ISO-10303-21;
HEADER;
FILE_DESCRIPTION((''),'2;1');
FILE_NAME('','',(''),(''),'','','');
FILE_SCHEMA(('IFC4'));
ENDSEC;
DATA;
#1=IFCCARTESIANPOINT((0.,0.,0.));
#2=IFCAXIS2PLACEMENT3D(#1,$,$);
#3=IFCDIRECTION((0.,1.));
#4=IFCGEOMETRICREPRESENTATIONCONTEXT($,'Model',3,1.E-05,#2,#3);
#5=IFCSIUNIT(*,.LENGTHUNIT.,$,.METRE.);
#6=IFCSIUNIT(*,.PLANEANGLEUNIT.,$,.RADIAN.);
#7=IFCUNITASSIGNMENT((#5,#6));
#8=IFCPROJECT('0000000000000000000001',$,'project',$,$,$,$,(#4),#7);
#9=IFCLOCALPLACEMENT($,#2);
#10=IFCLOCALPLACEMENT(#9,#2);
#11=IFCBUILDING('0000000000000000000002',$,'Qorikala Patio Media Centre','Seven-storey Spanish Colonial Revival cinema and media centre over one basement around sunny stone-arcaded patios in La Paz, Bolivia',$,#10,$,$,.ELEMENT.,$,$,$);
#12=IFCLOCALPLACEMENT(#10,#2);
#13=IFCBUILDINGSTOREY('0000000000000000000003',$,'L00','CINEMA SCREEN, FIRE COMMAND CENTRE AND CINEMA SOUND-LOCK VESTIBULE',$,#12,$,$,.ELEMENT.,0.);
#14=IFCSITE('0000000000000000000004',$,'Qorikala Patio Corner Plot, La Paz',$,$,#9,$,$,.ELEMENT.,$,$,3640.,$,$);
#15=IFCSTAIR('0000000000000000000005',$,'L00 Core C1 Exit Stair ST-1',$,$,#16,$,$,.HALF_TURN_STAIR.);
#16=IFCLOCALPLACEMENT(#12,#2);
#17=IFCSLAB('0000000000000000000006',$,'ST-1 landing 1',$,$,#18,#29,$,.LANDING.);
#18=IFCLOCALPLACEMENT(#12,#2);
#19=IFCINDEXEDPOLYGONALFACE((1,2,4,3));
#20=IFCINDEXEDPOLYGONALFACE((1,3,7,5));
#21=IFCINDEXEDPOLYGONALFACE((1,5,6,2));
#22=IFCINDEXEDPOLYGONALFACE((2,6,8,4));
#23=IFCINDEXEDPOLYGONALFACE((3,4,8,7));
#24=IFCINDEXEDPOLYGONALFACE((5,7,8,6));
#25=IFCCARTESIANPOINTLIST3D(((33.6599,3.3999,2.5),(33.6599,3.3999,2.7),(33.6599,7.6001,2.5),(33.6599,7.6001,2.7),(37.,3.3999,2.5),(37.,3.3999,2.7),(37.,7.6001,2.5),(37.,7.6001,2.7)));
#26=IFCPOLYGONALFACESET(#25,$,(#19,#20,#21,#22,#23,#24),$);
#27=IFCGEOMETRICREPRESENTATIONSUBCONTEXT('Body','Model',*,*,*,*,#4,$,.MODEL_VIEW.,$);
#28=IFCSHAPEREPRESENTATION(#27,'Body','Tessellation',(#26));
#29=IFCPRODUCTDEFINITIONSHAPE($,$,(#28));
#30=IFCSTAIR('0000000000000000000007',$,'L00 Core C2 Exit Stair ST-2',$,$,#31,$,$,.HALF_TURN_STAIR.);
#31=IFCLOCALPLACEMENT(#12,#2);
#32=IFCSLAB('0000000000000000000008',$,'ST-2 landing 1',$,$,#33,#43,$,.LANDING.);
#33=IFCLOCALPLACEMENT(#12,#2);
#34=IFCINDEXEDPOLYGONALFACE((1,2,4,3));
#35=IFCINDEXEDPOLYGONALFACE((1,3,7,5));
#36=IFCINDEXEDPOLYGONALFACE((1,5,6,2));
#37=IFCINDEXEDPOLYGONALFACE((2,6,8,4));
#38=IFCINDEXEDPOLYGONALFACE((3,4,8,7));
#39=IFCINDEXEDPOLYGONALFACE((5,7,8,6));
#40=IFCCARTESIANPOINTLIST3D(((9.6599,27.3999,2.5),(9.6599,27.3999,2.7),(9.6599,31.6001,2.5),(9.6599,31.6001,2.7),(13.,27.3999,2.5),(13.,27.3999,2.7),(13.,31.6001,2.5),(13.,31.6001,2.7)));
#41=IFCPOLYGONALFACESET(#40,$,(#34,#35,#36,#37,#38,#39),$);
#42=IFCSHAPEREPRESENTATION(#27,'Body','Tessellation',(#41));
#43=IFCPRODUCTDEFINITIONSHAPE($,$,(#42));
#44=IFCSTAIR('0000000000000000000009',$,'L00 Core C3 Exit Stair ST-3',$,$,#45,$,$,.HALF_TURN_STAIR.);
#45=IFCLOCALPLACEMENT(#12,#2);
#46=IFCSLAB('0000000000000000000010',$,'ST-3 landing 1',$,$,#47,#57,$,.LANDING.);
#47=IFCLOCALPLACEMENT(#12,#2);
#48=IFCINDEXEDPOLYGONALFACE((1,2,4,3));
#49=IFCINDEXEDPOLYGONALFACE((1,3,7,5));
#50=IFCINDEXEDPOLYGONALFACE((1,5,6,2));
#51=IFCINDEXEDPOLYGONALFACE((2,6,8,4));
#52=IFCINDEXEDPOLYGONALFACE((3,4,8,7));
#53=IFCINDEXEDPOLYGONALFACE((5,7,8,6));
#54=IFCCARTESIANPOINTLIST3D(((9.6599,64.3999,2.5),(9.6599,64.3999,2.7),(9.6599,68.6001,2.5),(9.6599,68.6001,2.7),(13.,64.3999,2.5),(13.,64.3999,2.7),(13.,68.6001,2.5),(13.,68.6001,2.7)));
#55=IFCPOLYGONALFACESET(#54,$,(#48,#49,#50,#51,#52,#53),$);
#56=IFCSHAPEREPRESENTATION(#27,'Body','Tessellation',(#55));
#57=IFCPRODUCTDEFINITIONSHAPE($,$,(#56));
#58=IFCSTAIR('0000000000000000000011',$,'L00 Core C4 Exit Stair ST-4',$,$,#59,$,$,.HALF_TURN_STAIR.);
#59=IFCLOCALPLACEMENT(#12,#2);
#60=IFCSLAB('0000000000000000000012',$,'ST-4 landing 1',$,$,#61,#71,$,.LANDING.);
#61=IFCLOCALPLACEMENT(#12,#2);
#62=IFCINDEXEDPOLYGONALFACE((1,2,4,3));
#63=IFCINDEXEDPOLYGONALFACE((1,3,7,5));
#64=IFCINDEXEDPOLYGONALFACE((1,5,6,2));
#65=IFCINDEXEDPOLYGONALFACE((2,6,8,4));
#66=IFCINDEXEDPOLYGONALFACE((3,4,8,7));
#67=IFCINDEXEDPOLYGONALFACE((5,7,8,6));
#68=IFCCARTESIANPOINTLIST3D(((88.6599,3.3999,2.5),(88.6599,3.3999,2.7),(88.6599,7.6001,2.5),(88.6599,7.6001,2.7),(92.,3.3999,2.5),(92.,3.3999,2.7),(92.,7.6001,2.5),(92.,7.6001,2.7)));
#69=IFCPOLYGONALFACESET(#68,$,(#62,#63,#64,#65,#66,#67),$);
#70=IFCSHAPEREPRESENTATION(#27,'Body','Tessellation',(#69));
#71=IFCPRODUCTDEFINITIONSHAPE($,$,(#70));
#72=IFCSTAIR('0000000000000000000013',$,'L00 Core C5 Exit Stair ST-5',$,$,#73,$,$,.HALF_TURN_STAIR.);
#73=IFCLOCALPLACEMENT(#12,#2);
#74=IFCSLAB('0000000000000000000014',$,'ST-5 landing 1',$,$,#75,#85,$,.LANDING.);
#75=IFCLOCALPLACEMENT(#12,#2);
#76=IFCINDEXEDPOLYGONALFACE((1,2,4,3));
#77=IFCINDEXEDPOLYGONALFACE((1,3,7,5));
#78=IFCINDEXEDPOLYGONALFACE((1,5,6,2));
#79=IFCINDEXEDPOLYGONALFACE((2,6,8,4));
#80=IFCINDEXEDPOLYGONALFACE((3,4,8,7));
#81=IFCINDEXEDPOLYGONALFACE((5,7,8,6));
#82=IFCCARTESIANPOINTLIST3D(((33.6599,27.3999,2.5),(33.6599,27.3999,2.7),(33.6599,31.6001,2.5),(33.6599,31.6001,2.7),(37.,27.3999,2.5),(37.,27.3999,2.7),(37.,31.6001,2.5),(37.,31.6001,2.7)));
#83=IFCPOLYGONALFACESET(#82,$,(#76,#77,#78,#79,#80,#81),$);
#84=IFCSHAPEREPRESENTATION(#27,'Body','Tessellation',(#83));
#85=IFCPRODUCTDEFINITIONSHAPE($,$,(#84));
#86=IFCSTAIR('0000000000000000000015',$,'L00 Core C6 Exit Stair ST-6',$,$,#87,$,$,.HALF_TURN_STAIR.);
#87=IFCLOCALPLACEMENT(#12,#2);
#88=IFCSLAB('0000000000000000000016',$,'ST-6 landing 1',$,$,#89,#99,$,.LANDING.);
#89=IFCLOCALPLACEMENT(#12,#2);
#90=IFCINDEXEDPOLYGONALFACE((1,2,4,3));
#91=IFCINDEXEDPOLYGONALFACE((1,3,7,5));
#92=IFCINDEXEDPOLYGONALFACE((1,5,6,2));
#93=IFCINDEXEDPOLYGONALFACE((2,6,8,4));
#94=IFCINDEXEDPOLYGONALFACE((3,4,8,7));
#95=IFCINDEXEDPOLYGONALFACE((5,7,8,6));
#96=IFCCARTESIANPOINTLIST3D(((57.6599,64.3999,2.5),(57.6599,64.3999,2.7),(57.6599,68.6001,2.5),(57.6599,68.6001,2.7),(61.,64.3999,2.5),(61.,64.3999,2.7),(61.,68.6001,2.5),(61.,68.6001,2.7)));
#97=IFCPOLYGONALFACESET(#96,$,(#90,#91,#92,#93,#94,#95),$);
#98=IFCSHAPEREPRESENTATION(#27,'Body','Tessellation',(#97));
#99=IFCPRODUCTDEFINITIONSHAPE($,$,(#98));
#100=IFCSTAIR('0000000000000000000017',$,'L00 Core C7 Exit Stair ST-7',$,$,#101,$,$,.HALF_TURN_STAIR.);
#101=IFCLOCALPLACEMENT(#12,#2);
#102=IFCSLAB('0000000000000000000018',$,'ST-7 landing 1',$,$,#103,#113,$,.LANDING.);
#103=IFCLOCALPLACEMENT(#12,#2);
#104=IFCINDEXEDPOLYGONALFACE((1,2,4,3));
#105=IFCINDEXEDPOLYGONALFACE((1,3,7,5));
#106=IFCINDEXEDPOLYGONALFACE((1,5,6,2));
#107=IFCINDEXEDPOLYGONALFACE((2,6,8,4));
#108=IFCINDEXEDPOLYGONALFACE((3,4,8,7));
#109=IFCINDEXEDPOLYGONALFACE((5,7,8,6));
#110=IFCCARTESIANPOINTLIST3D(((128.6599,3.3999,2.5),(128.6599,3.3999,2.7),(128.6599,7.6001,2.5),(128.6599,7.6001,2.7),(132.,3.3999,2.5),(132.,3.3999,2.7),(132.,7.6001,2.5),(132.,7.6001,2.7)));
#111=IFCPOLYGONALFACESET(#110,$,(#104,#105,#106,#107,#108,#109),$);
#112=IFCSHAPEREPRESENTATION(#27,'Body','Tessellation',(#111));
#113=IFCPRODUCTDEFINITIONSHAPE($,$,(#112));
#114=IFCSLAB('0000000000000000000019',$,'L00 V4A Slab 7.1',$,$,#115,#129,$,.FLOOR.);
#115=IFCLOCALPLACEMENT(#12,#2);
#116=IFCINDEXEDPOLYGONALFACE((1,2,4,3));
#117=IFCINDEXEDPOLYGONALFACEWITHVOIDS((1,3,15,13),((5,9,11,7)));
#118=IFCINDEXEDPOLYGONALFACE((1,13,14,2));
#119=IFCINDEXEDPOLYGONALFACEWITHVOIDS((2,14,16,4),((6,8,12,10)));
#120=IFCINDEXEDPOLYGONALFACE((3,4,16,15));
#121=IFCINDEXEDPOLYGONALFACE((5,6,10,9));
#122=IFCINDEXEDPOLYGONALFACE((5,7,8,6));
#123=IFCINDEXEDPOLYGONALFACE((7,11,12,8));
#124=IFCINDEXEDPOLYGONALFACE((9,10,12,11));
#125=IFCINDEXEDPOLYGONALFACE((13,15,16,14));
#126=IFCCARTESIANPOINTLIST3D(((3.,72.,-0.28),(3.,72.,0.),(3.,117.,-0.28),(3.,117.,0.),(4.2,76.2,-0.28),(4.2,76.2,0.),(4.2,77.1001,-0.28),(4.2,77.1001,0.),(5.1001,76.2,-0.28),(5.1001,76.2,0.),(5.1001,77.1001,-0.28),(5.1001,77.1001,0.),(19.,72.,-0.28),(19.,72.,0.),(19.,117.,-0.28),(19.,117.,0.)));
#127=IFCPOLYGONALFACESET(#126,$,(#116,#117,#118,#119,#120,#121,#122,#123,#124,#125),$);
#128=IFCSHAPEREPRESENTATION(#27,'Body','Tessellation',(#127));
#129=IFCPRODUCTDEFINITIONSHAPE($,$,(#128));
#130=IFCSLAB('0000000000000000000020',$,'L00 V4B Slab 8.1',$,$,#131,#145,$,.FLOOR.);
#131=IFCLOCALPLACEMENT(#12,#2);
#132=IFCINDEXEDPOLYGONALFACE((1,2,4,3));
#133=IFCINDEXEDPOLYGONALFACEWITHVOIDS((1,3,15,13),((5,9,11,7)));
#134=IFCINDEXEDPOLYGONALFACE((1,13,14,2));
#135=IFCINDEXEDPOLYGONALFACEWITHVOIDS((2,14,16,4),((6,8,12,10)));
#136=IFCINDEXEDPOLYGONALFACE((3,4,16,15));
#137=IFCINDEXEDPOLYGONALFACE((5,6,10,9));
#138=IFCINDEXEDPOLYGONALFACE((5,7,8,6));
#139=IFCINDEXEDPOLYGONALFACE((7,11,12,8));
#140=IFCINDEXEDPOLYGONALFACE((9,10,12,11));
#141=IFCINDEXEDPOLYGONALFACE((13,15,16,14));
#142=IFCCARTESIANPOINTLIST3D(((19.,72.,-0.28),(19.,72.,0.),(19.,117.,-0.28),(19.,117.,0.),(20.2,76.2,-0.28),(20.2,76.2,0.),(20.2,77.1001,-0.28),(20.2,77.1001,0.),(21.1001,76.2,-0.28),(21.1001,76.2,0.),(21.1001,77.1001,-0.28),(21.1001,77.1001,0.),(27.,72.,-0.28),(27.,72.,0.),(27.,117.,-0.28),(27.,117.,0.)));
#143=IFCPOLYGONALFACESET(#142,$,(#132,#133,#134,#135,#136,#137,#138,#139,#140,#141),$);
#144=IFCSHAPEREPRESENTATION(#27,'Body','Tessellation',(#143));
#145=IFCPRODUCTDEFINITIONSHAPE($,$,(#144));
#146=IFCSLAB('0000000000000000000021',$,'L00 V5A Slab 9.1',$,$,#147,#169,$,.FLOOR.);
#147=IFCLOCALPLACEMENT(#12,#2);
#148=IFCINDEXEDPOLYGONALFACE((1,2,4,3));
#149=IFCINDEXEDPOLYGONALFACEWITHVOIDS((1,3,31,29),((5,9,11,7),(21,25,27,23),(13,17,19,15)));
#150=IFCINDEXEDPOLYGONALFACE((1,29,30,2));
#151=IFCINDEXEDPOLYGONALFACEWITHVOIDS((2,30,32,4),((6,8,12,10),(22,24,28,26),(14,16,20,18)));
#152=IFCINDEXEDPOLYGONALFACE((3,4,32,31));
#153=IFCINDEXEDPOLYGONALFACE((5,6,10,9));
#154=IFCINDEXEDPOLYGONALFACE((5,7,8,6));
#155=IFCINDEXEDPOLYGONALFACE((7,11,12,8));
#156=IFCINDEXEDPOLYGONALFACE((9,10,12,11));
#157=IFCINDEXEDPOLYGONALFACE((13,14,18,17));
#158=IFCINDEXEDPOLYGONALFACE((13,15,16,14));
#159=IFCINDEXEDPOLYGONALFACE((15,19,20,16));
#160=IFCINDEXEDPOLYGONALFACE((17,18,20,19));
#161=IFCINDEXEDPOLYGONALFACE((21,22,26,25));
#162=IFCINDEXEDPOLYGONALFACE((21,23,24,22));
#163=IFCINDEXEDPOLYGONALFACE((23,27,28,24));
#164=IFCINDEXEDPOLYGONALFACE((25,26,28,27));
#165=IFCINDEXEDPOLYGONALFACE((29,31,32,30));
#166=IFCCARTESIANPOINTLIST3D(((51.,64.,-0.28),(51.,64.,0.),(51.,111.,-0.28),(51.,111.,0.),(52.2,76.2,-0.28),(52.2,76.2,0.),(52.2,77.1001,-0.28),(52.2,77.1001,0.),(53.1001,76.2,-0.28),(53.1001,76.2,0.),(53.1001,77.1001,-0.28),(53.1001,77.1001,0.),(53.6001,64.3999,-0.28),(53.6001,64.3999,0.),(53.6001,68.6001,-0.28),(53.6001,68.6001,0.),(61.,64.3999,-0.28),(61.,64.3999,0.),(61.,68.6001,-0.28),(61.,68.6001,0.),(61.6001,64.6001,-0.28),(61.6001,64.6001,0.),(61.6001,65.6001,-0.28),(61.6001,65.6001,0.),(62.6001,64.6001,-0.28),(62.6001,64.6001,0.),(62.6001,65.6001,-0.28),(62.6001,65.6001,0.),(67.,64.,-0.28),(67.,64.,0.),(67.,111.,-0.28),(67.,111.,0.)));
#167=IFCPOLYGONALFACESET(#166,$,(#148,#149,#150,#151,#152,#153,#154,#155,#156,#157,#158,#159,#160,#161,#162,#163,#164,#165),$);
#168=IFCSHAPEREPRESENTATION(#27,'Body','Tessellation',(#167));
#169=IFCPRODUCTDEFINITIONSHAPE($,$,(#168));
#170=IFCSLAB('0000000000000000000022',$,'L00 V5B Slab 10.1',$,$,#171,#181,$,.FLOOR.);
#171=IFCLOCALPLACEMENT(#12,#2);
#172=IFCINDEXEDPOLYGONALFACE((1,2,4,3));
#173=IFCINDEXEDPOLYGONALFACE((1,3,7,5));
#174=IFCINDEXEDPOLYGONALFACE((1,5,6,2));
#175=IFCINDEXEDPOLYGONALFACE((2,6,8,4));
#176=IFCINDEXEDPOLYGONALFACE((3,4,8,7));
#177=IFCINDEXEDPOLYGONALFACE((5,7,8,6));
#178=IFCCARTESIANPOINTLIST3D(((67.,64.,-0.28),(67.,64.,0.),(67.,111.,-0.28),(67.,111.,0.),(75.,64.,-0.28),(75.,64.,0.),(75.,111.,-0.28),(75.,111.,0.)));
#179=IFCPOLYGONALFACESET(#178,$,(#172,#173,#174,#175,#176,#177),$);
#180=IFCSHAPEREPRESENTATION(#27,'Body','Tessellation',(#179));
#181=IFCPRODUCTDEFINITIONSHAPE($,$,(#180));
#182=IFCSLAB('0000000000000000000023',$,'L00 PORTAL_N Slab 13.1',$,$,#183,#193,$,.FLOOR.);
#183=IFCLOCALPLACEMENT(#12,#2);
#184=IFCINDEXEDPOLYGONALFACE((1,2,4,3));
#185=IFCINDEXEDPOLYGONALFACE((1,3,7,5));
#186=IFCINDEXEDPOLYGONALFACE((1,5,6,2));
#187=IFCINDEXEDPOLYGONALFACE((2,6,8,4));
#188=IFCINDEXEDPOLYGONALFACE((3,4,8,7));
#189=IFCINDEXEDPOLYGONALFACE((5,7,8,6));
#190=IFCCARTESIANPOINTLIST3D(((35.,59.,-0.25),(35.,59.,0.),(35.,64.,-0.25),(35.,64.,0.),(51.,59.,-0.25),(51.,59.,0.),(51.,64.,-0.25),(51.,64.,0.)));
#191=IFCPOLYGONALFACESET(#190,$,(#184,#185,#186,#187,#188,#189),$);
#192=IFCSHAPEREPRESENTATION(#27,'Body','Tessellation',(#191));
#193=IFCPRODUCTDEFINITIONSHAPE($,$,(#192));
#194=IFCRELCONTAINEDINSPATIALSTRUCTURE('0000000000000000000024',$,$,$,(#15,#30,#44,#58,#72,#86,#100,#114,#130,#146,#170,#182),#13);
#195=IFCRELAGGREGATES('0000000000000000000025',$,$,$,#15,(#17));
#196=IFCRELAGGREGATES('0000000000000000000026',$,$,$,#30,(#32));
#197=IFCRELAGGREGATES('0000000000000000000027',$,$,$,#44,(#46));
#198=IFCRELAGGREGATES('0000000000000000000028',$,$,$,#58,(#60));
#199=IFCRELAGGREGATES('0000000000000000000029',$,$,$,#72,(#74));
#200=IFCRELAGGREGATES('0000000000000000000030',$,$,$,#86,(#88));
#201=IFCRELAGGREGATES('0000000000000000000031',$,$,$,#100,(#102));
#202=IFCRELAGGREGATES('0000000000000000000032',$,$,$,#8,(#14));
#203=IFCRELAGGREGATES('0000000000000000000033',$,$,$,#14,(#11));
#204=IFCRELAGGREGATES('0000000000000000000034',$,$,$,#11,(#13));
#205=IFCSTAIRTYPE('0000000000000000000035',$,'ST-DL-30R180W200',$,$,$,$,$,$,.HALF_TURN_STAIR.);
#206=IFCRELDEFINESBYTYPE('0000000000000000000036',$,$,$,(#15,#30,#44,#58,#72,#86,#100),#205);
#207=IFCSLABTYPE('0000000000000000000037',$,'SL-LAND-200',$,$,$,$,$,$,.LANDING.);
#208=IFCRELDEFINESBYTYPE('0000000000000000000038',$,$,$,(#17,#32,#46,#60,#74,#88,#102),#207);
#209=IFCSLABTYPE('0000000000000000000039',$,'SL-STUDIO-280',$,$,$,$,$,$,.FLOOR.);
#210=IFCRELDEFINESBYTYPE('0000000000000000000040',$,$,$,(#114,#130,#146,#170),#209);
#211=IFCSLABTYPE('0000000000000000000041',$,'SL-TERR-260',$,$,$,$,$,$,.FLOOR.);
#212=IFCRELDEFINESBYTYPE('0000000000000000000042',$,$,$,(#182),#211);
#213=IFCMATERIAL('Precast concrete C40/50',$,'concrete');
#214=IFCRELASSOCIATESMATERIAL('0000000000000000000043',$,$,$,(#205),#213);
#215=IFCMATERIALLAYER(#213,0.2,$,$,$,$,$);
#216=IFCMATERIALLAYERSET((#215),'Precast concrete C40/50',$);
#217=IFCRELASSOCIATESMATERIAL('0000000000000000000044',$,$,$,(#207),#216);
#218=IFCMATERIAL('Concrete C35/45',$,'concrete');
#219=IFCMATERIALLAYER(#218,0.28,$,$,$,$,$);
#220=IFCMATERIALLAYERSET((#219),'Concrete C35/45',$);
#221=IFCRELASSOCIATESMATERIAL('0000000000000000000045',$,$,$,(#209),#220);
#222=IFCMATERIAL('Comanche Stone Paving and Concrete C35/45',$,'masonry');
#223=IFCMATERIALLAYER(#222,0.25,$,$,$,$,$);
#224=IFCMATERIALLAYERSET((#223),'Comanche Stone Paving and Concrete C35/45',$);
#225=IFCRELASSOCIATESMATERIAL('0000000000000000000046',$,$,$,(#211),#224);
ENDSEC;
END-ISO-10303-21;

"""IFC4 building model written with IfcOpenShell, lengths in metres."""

from ifc_helpers import new_model, si_unit, direction, frame, origin, place, context, subcontext, project, spatial, polyline, outline, extrude, material, layer, layer_set, type_object, element, aggregate, save


model = new_model("IFC4")

# Units and contexts
model_context = context("Model", 3, precision=1e-05, world=origin(), true_north=direction((0.0, 1.0)))
body_context = subcontext(model_context, "Body", "Model", "MODEL_VIEW")
ifc_project = project(units=[si_unit("LENGTHUNIT", "METRE"), si_unit("PLANEANGLEUNIT", "RADIAN")], contexts=[model_context])

# Site, building, storey
site_placement = place(None, origin())
site = spatial("IfcSite", under=ifc_project, at=site_placement, Name="Qorikala Patio Corner Plot, La Paz", CompositionType="ELEMENT", RefElevation=3640.0)
building_placement = place(site_placement, origin())
building = spatial("IfcBuilding", under=site, at=building_placement, Name="Qorikala Patio Media Centre", Description="Seven-storey Spanish Colonial Revival cinema and media centre over one basement around sunny stone-arcaded patios in La Paz, Bolivia", CompositionType="ELEMENT")
storey_placement = place(building_placement, origin())
storey = spatial("IfcBuildingStorey", under=building, at=storey_placement, Name="L00", Description="CINEMA SCREEN, FIRE COMMAND CENTRE AND CINEMA SOUND-LOCK VESTIBULE", CompositionType="ELEMENT", Elevation=0.0)

# Shared definitions
ifc_material_1 = material(Name="Concrete C35/45", Category="concrete")

# Stairs, slabs
ifc_material_2 = material(Name="Precast concrete C40/50", Category="concrete")
stair_type = type_object("IfcStairType", Name="ST-DL-30R180W200", PredefinedType="HALF_TURN_STAIR", material=ifc_material_2)
stair_1_placement = place(storey_placement, origin())
stair_1 = element("IfcStair", 1, at=stair_1_placement, inside=storey, type_object=stair_type, Name="L00 Core C1 Exit Stair ST-1", PredefinedType="HALF_TURN_STAIR")
ifc_layer_1 = layer(ifc_material_2, 0.2)
ifc_layer_set_1 = layer_set([ifc_layer_1], Name="Precast concrete C40/50")
slab_type_1 = type_object("IfcSlabType", Name="SL-LAND-200", PredefinedType="LANDING", material=ifc_layer_set_1)
slab_1_placement = place(storey_placement, frame((0.0, 0.0, 2.5)))
slab_1 = element("IfcSlab", 2, at=slab_1_placement, type_object=slab_type_1, Name="ST-1 landing 1", PredefinedType="LANDING", context=body_context, shape_type="SweptSolid", body=[
    extrude(outline(polyline([(33.6599, 3.3999), (37.0, 3.3999), (37.0, 7.6001), (33.6599, 7.6001), (33.6599, 3.3999)])), origin(), (0.0, 0.0, 1.0), 0.2),
])
aggregate(stair_1, [slab_1])
stair_2_placement = place(storey_placement, origin())
stair_2 = element("IfcStair", 3, at=stair_2_placement, inside=storey, type_object=stair_type, Name="L00 Core C2 Exit Stair ST-2", PredefinedType="HALF_TURN_STAIR")
slab_2_placement = place(storey_placement, frame((0.0, 0.0, 2.5)))
slab_2 = element("IfcSlab", 4, at=slab_2_placement, type_object=slab_type_1, Name="ST-2 landing 1", PredefinedType="LANDING", context=body_context, shape_type="SweptSolid", body=[
    extrude(outline(polyline([(9.6599, 27.3999), (13.0, 27.3999), (13.0, 31.6001), (9.6599, 31.6001), (9.6599, 27.3999)])), origin(), (0.0, 0.0, 1.0), 0.2),
])
aggregate(stair_2, [slab_2])
stair_3_placement = place(storey_placement, origin())
stair_3 = element("IfcStair", 5, at=stair_3_placement, inside=storey, type_object=stair_type, Name="L00 Core C3 Exit Stair ST-3", PredefinedType="HALF_TURN_STAIR")
slab_3_placement = place(storey_placement, frame((0.0, 0.0, 2.5)))
slab_3 = element("IfcSlab", 6, at=slab_3_placement, type_object=slab_type_1, Name="ST-3 landing 1", PredefinedType="LANDING", context=body_context, shape_type="SweptSolid", body=[
    extrude(outline(polyline([(9.6599, 64.3999), (13.0, 64.3999), (13.0, 68.6001), (9.6599, 68.6001), (9.6599, 64.3999)])), origin(), (0.0, 0.0, 1.0), 0.2),
])
aggregate(stair_3, [slab_3])
stair_4_placement = place(storey_placement, origin())
stair_4 = element("IfcStair", 7, at=stair_4_placement, inside=storey, type_object=stair_type, Name="L00 Core C4 Exit Stair ST-4", PredefinedType="HALF_TURN_STAIR")
slab_4_placement = place(storey_placement, frame((0.0, 0.0, 2.5)))
slab_4 = element("IfcSlab", 8, at=slab_4_placement, type_object=slab_type_1, Name="ST-4 landing 1", PredefinedType="LANDING", context=body_context, shape_type="SweptSolid", body=[
    extrude(outline(polyline([(88.6599, 3.3999), (92.0, 3.3999), (92.0, 7.6001), (88.6599, 7.6001), (88.6599, 3.3999)])), origin(), (0.0, 0.0, 1.0), 0.2),
])
aggregate(stair_4, [slab_4])
stair_5_placement = place(storey_placement, origin())
stair_5 = element("IfcStair", 9, at=stair_5_placement, inside=storey, type_object=stair_type, Name="L00 Core C5 Exit Stair ST-5", PredefinedType="HALF_TURN_STAIR")
slab_5_placement = place(storey_placement, frame((0.0, 0.0, 2.5)))
slab_5 = element("IfcSlab", 10, at=slab_5_placement, type_object=slab_type_1, Name="ST-5 landing 1", PredefinedType="LANDING", context=body_context, shape_type="SweptSolid", body=[
    extrude(outline(polyline([(33.6599, 27.3999), (37.0, 27.3999), (37.0, 31.6001), (33.6599, 31.6001), (33.6599, 27.3999)])), origin(), (0.0, 0.0, 1.0), 0.2),
])
aggregate(stair_5, [slab_5])
stair_6_placement = place(storey_placement, origin())
stair_6 = element("IfcStair", 11, at=stair_6_placement, inside=storey, type_object=stair_type, Name="L00 Core C6 Exit Stair ST-6", PredefinedType="HALF_TURN_STAIR")
slab_6_placement = place(storey_placement, frame((0.0, 0.0, 2.5)))
slab_6 = element("IfcSlab", 12, at=slab_6_placement, type_object=slab_type_1, Name="ST-6 landing 1", PredefinedType="LANDING", context=body_context, shape_type="SweptSolid", body=[
    extrude(outline(polyline([(57.6599, 64.3999), (61.0, 64.3999), (61.0, 68.6001), (57.6599, 68.6001), (57.6599, 64.3999)])), origin(), (0.0, 0.0, 1.0), 0.2),
])
aggregate(stair_6, [slab_6])
stair_7_placement = place(storey_placement, origin())
stair_7 = element("IfcStair", 13, at=stair_7_placement, inside=storey, type_object=stair_type, Name="L00 Core C7 Exit Stair ST-7", PredefinedType="HALF_TURN_STAIR")
slab_7_placement = place(storey_placement, frame((0.0, 0.0, 2.5)))
slab_7 = element("IfcSlab", 14, at=slab_7_placement, type_object=slab_type_1, Name="ST-7 landing 1", PredefinedType="LANDING", context=body_context, shape_type="SweptSolid", body=[
    extrude(outline(polyline([(128.6599, 3.3999), (132.0, 3.3999), (132.0, 7.6001), (128.6599, 7.6001), (128.6599, 3.3999)])), origin(), (0.0, 0.0, 1.0), 0.2),
])
aggregate(stair_7, [slab_7])

# Slabs
ifc_layer_2 = layer(ifc_material_1, 0.28)
ifc_layer_set_2 = layer_set([ifc_layer_2], Name="Concrete C35/45")
slab_type_2 = type_object("IfcSlabType", Name="SL-STUDIO-280", PredefinedType="FLOOR", material=ifc_layer_set_2)
slab_8_placement = place(storey_placement, frame((0.0, 0.0, -0.28)))
element("IfcSlab", 15, at=slab_8_placement, inside=storey, type_object=slab_type_2, Name="L00 V4A Slab 7.1", PredefinedType="FLOOR", context=body_context, shape_type="SweptSolid", body=[
    extrude(outline(polyline([(19.0, 117.0), (19.0, 72.0), (3.0, 72.0), (3.0, 117.0), (19.0, 117.0)]), holes=[polyline([(4.2, 76.2), (5.1001, 76.2), (5.1001, 77.1001), (4.2, 77.1001), (4.2, 76.2)])]), origin(), (0.0, 0.0, 1.0), 0.28),
])
slab_9_placement = place(storey_placement, frame((0.0, 0.0, -0.28)))
element("IfcSlab", 16, at=slab_9_placement, inside=storey, type_object=slab_type_2, Name="L00 V4B Slab 8.1", PredefinedType="FLOOR", context=body_context, shape_type="SweptSolid", body=[
    extrude(outline(polyline([(27.0, 72.0), (19.0, 72.0), (19.0, 117.0), (27.0, 117.0), (27.0, 72.0)]), holes=[polyline([(20.2, 76.2), (21.1001, 76.2), (21.1001, 77.1001), (20.2, 77.1001), (20.2, 76.2)])]), origin(), (0.0, 0.0, 1.0), 0.28),
])
slab_10_placement = place(storey_placement, frame((0.0, 0.0, -0.28)))
element("IfcSlab", 17, at=slab_10_placement, inside=storey, type_object=slab_type_2, Name="L00 V5A Slab 9.1", PredefinedType="FLOOR", context=body_context, shape_type="SweptSolid", body=[
    extrude(outline(polyline([(51.0, 111.0), (67.0, 111.0), (67.0, 64.0), (51.0, 64.0), (51.0, 111.0)]), holes=[polyline([(62.6001, 64.6001), (62.6001, 65.6001), (61.6001, 65.6001), (61.6001, 64.6001), (62.6001, 64.6001)]), polyline([(53.6001, 64.3999), (61.0, 64.3999), (61.0, 68.6001), (53.6001, 68.6001), (53.6001, 64.3999)]), polyline([(52.2, 76.2), (53.1001, 76.2), (53.1001, 77.1001), (52.2, 77.1001), (52.2, 76.2)])]), origin(), (0.0, 0.0, 1.0), 0.28),
])
slab_11_placement = place(storey_placement, frame((0.0, 0.0, -0.28)))
element("IfcSlab", 18, at=slab_11_placement, inside=storey, type_object=slab_type_2, Name="L00 V5B Slab 10.1", PredefinedType="FLOOR", context=body_context, shape_type="SweptSolid", body=[
    extrude(outline(polyline([(75.0, 64.0), (67.0, 64.0), (67.0, 111.0), (75.0, 111.0), (75.0, 64.0)])), origin(), (0.0, 0.0, 1.0), 0.28),
])
ifc_material_3 = material(Name="Comanche Stone Paving and Concrete C35/45", Category="masonry")
ifc_layer_3 = layer(ifc_material_3, 0.25)
ifc_layer_set_3 = layer_set([ifc_layer_3], Name="Comanche Stone Paving and Concrete C35/45")
slab_type_3 = type_object("IfcSlabType", Name="SL-TERR-260", PredefinedType="FLOOR", material=ifc_layer_set_3)
slab_12_placement = place(storey_placement, frame((0.0, 0.0, -0.25)))
element("IfcSlab", 19, at=slab_12_placement, inside=storey, type_object=slab_type_3, Name="L00 PORTAL_N Slab 13.1", PredefinedType="FLOOR", context=body_context, shape_type="SweptSolid", body=[
    extrude(outline(polyline([(35.0, 59.0), (35.0, 64.0), (51.0, 64.0), (51.0, 59.0), (35.0, 59.0)])), origin(), (0.0, 0.0, 1.0), 0.25),
])

save(model, "model.ifc")
